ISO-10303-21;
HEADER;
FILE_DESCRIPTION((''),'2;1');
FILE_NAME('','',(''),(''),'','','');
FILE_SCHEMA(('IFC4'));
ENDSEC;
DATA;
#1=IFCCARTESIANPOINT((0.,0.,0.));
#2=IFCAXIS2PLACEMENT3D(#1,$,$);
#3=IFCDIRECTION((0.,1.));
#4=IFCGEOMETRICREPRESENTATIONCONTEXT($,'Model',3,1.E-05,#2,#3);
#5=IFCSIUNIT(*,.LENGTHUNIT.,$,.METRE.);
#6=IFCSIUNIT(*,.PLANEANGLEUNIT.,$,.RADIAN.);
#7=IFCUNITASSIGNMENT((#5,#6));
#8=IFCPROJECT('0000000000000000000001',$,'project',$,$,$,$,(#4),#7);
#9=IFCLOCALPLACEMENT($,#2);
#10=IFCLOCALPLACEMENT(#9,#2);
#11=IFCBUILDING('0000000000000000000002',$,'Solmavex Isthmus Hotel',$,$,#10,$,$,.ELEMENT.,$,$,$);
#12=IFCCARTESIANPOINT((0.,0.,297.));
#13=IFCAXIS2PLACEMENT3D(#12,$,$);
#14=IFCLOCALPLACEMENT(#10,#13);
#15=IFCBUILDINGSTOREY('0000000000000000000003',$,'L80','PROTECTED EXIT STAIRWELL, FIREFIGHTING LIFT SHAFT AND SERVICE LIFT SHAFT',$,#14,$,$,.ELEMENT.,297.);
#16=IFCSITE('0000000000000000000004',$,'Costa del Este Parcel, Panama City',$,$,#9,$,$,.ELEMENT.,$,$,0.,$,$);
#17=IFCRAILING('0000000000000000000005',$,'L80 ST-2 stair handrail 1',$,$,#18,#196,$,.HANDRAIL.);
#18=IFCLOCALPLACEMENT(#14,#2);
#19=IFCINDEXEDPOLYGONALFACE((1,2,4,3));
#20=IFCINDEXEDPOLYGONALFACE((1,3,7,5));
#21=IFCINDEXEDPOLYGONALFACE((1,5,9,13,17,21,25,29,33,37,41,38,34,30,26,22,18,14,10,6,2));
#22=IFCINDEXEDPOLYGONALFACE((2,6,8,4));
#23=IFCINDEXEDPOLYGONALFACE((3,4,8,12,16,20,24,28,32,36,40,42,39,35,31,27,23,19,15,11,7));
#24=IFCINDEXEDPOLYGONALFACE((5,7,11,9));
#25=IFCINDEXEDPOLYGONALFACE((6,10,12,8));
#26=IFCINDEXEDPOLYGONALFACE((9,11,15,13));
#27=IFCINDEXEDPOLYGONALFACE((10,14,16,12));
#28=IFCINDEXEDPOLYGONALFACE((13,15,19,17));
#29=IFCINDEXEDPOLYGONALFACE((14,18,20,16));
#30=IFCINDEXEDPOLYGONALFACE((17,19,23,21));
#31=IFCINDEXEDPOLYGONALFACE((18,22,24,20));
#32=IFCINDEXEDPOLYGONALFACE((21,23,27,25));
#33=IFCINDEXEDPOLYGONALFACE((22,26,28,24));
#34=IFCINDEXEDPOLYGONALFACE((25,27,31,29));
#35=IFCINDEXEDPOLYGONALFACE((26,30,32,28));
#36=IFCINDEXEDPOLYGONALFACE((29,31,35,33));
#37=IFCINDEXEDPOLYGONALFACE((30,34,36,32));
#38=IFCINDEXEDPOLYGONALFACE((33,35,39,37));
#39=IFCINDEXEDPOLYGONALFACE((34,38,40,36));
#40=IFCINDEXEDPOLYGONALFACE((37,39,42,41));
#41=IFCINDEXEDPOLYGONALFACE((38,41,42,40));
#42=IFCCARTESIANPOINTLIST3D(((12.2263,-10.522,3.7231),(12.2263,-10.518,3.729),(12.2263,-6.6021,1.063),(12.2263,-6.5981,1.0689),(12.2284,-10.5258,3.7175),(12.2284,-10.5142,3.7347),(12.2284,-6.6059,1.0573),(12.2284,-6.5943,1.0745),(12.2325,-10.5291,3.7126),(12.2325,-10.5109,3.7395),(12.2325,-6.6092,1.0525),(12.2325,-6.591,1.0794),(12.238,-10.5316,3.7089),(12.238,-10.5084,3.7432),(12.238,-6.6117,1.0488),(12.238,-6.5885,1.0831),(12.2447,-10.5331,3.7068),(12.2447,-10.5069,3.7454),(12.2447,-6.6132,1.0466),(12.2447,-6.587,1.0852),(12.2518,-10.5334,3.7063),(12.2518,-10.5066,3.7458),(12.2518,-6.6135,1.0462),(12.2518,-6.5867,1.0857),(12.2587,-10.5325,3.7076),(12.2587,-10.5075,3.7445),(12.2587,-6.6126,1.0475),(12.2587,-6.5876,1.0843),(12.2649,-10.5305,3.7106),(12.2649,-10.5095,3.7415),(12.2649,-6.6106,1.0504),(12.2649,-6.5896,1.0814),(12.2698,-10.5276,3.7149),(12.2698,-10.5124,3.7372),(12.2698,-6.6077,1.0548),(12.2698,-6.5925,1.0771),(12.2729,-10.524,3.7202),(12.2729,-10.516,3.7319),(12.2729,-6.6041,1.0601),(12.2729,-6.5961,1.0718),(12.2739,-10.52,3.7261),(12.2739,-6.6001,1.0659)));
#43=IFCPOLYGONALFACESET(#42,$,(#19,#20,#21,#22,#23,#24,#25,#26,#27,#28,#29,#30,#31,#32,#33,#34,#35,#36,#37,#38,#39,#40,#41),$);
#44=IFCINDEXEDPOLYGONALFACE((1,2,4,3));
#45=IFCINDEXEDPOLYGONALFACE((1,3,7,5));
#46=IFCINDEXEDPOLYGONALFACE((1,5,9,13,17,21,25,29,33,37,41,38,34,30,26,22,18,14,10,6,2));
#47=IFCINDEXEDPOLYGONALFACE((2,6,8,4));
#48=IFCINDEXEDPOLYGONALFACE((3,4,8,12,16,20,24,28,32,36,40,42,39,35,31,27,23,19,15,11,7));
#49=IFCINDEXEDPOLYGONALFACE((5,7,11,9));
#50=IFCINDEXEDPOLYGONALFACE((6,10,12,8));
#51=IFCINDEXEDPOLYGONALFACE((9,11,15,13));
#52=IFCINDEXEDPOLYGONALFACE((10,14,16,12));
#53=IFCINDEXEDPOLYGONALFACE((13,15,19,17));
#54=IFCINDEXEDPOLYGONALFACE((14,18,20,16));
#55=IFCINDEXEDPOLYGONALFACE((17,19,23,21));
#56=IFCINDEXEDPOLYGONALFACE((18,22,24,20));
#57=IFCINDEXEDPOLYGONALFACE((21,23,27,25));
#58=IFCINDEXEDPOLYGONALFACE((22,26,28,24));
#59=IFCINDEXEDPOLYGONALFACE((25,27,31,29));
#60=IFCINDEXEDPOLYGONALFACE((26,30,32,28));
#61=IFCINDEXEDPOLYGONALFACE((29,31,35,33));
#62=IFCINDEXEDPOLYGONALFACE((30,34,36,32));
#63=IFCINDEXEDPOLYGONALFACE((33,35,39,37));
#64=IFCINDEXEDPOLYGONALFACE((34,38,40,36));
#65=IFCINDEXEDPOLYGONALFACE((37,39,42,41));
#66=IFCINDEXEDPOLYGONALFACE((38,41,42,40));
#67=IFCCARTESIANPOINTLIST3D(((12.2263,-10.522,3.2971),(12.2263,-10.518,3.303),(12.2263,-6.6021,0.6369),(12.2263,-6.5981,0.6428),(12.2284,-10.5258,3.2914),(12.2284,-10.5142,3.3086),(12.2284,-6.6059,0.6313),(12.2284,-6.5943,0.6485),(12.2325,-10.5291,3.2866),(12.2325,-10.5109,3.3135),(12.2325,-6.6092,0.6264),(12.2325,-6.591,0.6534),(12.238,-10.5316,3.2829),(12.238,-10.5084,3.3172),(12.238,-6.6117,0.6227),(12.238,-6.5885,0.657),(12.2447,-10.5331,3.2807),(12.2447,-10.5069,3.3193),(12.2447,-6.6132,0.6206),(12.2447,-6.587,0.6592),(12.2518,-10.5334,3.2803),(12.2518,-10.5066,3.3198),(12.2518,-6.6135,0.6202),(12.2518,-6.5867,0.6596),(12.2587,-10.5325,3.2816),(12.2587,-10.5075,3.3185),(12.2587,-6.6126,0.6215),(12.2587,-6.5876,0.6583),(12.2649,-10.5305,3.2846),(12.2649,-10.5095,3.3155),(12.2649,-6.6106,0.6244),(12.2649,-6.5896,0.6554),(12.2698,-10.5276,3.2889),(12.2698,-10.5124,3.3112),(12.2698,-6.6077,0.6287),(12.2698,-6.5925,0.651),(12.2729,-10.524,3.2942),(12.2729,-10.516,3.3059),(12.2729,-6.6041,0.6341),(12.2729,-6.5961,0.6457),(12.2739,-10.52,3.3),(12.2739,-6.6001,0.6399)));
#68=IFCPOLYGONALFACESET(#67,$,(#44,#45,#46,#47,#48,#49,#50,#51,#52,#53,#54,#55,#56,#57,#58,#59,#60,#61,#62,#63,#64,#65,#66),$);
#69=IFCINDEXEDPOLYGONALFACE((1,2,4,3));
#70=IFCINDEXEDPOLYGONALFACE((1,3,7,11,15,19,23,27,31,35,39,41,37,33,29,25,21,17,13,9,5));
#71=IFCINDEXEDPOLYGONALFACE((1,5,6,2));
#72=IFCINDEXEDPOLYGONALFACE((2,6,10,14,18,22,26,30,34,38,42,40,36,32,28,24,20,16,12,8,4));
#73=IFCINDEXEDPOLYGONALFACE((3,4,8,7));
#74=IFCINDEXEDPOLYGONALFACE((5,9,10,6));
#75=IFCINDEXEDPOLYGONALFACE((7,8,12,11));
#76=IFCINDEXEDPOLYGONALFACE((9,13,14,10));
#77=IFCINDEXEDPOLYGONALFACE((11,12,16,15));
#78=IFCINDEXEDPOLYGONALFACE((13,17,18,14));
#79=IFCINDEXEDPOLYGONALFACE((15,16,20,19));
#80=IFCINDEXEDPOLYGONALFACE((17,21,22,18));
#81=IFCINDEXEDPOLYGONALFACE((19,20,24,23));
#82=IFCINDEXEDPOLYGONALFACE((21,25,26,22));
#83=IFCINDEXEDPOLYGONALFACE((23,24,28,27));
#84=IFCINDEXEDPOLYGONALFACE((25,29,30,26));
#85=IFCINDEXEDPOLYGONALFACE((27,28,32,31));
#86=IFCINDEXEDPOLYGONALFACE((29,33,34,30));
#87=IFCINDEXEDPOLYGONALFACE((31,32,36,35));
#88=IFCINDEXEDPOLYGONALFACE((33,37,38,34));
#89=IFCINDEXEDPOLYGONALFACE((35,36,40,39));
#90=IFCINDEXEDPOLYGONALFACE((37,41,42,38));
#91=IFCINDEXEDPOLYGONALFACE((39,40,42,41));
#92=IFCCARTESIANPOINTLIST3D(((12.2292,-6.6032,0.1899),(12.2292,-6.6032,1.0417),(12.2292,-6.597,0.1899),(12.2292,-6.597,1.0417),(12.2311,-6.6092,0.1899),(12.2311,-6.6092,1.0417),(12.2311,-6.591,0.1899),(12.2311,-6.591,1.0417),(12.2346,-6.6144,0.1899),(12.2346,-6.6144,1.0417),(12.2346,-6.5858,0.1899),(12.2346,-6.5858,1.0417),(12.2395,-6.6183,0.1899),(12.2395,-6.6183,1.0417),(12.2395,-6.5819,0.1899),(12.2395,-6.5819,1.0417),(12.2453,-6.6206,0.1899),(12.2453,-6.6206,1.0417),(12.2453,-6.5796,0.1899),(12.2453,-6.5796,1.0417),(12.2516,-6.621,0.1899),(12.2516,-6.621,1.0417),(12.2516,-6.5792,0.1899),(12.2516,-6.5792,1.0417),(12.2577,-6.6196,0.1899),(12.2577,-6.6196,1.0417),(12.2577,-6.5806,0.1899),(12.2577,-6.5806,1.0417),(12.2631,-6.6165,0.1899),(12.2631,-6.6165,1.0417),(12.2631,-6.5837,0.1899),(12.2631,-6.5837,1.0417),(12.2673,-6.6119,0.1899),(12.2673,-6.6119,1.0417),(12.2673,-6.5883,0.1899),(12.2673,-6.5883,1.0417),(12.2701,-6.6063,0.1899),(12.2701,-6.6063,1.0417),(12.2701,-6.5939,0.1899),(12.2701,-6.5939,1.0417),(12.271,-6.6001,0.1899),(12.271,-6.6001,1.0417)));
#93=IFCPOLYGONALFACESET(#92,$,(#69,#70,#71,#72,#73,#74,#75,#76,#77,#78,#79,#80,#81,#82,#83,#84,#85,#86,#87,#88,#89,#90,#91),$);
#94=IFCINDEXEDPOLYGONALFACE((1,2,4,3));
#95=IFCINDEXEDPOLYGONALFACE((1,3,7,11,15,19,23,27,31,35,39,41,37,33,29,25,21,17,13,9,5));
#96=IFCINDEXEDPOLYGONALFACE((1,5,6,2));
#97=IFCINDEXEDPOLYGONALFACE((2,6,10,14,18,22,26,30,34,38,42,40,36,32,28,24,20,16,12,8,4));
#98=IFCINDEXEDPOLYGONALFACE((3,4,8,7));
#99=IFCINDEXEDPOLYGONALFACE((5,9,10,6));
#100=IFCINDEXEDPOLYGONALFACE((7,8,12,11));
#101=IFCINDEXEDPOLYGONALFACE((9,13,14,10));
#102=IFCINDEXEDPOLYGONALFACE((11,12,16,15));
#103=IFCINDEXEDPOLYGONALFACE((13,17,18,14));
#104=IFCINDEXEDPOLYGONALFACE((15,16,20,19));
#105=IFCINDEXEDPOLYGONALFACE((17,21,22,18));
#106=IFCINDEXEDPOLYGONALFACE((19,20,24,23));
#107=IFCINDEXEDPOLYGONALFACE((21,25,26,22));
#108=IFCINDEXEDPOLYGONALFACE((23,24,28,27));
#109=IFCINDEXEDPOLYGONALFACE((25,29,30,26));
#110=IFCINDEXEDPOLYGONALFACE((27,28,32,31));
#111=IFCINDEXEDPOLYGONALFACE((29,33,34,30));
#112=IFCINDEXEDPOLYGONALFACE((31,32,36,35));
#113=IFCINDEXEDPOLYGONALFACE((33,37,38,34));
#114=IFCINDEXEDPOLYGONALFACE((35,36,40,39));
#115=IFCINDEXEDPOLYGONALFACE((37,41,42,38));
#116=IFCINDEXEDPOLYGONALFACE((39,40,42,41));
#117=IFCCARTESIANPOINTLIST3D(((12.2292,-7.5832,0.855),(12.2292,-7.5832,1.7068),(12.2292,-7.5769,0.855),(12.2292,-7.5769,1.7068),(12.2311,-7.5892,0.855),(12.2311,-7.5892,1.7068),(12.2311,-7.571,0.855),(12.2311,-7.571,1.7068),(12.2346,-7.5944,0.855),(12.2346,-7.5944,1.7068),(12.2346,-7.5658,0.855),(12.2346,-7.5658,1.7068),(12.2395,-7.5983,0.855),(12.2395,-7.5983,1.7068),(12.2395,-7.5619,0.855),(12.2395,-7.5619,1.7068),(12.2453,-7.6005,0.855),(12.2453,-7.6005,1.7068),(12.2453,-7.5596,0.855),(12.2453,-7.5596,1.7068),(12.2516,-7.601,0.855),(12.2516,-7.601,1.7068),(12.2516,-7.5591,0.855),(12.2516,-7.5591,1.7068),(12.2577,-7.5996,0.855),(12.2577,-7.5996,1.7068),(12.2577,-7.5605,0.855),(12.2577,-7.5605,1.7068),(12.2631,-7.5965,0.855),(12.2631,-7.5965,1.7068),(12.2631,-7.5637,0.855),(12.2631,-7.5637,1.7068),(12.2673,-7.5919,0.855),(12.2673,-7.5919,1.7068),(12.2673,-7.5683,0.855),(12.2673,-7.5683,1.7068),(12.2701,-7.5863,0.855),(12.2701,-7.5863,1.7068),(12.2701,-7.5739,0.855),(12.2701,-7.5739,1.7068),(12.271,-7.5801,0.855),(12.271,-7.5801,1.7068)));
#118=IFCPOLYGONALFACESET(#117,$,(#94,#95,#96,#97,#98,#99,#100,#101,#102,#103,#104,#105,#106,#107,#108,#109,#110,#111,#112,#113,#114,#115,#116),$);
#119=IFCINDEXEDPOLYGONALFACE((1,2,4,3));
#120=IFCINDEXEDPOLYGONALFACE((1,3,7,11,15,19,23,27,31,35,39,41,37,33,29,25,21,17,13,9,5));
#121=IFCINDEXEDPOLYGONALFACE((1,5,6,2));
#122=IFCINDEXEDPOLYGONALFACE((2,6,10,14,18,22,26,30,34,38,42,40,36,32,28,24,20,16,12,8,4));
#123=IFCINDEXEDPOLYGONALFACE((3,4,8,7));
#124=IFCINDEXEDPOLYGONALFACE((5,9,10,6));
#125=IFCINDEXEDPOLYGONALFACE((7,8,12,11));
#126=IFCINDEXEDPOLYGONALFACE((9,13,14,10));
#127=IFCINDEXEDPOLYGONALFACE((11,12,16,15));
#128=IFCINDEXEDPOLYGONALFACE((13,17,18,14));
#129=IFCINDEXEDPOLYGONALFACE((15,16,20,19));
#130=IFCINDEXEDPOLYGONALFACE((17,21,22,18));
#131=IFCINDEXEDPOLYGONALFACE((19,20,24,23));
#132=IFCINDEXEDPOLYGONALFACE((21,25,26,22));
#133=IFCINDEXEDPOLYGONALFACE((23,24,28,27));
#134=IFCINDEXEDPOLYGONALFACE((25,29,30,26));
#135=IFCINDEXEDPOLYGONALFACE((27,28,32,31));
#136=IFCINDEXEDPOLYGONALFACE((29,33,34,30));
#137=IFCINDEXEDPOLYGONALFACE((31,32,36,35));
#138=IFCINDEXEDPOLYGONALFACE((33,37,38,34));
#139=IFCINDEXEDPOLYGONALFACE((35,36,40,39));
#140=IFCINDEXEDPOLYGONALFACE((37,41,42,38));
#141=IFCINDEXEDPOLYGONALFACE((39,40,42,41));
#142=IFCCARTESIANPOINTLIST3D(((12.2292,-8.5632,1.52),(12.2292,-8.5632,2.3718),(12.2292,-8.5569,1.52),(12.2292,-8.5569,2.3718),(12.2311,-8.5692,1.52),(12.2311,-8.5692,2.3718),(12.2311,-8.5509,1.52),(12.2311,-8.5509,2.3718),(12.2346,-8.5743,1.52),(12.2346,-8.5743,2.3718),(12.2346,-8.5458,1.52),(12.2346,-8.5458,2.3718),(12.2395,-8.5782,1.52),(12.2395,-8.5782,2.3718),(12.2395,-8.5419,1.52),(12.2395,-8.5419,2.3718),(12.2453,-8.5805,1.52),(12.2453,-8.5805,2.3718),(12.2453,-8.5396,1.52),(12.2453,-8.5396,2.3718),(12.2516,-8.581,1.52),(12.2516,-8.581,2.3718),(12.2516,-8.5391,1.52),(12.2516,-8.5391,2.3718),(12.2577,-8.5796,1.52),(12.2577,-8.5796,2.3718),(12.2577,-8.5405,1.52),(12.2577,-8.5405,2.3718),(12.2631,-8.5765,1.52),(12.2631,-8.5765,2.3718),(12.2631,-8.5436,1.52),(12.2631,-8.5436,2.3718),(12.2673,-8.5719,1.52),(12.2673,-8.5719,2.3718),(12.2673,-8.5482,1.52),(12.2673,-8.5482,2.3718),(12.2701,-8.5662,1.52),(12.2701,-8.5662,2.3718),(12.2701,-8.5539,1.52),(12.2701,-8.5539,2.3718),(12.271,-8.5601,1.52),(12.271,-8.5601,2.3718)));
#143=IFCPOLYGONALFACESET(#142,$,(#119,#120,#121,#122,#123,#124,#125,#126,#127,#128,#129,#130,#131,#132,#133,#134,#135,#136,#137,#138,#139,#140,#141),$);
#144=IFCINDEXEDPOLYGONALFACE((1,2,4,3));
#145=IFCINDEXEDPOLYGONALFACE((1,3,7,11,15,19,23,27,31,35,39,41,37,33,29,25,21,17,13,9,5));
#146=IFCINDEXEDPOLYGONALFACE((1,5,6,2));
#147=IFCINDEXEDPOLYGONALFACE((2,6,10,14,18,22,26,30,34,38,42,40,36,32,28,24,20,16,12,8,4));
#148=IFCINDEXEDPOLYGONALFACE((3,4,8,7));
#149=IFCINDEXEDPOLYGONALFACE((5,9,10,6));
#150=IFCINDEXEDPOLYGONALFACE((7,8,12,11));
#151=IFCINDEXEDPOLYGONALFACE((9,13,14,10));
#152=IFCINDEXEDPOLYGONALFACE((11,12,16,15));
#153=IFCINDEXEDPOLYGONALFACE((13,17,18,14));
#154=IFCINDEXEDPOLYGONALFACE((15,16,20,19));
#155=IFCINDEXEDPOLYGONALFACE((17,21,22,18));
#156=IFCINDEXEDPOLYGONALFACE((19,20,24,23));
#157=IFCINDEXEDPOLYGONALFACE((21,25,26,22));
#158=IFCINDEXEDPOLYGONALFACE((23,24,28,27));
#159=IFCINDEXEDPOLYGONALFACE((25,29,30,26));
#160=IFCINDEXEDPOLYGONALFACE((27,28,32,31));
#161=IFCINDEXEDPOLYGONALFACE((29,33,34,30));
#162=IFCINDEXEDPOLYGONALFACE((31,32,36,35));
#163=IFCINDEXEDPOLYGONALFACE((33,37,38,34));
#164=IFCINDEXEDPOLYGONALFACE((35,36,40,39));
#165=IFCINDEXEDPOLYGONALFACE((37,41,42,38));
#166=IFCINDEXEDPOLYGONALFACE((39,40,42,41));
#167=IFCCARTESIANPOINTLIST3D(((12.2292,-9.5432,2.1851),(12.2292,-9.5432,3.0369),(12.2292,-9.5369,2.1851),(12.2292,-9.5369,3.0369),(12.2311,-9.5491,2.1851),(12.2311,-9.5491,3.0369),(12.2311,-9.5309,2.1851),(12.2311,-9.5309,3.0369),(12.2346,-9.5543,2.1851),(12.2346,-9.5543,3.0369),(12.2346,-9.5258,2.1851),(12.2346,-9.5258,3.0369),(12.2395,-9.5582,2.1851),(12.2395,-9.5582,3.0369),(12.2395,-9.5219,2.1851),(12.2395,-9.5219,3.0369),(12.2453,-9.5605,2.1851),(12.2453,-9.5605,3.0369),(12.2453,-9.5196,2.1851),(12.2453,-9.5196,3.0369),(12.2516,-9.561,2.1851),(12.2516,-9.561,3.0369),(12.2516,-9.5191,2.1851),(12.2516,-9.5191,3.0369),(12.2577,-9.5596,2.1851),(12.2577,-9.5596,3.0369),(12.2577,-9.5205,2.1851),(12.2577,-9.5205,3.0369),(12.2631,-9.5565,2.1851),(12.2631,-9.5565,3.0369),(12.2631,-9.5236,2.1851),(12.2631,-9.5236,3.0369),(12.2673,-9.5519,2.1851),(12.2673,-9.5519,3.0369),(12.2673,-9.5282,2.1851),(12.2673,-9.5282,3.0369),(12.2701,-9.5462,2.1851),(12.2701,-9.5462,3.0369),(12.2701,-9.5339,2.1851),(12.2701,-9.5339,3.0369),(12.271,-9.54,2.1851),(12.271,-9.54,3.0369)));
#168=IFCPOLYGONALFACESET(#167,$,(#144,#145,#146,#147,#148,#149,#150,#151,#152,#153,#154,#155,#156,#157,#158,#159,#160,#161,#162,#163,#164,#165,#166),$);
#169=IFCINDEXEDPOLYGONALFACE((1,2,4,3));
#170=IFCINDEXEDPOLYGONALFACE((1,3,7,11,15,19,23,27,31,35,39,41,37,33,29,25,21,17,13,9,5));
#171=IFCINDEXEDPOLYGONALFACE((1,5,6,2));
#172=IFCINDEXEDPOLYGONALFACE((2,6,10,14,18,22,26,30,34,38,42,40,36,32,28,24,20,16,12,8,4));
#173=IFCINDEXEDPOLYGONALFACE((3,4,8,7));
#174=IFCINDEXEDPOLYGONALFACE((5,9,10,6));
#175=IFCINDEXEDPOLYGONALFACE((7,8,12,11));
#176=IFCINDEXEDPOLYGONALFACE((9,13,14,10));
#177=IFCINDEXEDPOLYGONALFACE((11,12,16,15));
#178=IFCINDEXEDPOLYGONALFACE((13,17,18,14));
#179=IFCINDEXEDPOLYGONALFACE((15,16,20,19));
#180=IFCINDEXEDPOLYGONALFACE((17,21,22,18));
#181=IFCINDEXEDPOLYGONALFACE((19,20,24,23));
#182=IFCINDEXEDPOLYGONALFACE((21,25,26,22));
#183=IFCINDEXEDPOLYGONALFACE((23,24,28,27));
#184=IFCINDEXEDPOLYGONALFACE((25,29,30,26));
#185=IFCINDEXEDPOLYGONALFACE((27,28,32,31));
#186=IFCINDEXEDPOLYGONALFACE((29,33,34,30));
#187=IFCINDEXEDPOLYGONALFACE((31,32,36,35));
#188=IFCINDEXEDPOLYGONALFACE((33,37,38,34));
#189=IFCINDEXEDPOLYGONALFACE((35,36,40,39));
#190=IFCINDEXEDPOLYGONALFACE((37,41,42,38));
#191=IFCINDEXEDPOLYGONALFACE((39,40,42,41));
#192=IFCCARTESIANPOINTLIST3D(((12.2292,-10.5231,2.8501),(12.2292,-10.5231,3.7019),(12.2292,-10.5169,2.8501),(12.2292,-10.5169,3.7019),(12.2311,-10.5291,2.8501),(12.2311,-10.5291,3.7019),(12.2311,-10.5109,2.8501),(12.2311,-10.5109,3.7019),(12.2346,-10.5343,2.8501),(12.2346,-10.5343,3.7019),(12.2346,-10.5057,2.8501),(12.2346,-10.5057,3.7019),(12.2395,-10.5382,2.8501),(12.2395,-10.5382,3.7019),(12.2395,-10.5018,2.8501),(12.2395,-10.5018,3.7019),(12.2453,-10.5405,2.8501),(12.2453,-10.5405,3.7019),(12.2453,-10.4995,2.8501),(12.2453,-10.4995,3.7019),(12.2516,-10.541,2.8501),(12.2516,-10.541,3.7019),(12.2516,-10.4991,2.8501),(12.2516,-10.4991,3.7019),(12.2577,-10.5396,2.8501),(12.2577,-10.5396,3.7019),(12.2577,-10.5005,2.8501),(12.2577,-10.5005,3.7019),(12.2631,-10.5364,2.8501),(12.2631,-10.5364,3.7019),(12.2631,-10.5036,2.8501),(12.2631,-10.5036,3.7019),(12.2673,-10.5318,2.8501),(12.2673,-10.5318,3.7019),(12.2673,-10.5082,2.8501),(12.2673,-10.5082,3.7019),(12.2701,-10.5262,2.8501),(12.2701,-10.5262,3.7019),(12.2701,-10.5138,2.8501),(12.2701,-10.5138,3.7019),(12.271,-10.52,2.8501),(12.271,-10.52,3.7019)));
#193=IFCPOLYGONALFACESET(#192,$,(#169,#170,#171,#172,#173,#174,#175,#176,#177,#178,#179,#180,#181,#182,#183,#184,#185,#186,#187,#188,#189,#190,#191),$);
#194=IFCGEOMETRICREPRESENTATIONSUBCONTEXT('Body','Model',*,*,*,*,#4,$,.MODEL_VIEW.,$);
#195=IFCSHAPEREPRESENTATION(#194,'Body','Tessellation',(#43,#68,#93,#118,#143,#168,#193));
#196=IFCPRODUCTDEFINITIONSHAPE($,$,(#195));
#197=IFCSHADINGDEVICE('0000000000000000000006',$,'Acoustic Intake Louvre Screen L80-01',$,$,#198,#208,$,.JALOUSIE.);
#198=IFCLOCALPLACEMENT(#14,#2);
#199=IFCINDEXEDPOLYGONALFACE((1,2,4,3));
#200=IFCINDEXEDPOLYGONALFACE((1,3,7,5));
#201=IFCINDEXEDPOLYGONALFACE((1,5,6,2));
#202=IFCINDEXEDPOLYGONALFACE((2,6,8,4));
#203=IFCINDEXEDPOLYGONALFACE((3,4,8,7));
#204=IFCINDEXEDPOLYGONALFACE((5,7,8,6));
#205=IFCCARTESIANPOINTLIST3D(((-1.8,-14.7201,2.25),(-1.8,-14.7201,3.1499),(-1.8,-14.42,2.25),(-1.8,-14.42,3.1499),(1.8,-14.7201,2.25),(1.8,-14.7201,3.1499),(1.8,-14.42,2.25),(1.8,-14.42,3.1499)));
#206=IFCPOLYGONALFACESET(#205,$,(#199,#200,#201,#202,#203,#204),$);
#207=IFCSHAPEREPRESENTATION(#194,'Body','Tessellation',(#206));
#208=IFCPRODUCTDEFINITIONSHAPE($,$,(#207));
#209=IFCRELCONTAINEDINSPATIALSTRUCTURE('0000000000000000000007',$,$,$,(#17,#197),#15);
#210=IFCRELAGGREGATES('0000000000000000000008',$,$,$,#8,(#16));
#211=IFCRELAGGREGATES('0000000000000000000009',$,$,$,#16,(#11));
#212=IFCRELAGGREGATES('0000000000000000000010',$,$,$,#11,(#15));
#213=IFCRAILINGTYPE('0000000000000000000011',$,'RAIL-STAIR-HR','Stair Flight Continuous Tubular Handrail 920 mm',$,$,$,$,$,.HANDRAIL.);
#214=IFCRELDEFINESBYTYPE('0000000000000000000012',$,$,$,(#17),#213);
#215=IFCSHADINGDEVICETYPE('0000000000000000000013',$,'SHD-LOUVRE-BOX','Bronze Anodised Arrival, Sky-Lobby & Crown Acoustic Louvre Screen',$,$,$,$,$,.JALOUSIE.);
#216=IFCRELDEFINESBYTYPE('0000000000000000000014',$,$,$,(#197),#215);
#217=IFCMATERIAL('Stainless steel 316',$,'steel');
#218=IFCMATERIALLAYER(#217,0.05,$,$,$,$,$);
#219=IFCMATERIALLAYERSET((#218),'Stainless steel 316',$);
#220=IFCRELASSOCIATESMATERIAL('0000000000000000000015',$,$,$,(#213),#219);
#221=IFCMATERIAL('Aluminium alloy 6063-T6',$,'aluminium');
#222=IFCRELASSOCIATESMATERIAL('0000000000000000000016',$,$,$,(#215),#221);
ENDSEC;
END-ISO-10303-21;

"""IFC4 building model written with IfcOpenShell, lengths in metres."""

from ifc_helpers import new_model, si_unit, direction, frame, origin, origin_2d, place, context, subcontext, project, spatial, rectangle, circle, extrude, material, layer, layer_set, type_object, element, save


model = new_model("IFC4")

# Units and contexts
model_context = context("Model", 3, precision=1e-05, world=origin(), true_north=direction((0.0, 1.0)))
body_context = subcontext(model_context, "Body", "Model", "MODEL_VIEW")
ifc_project = project(units=[si_unit("LENGTHUNIT", "METRE"), si_unit("PLANEANGLEUNIT", "RADIAN")], contexts=[model_context])

# Site, building, storey
site_placement = place(None, origin())
site = spatial("IfcSite", under=ifc_project, at=site_placement, Name="Costa del Este Parcel, Panama City", CompositionType="ELEMENT", RefElevation=0.0)
building_placement = place(site_placement, origin())
building = spatial("IfcBuilding", under=site, at=building_placement, Name="Solmavex Isthmus Hotel", CompositionType="ELEMENT")
storey_placement = place(building_placement, frame((0.0, 0.0, 297.0)))
storey = spatial("IfcBuildingStorey", under=building, at=storey_placement, Name="L80", Description="PROTECTED EXIT STAIRWELL, FIREFIGHTING LIFT SHAFT AND SERVICE LIFT SHAFT", CompositionType="ELEMENT", Elevation=297.0)

# Shared definitions
ifc_material_1 = material(Name="Stainless steel 316", Category="steel")

# Railing
ifc_layer_1 = layer(ifc_material_1, 0.05)
ifc_layer_set_1 = layer_set([ifc_layer_1], Name="Stainless steel 316")
railing_type = type_object("IfcRailingType", Name="RAIL-STAIR-HR", Description="Stair Flight Continuous Tubular Handrail 920 mm", PredefinedType="HANDRAIL", material=ifc_layer_set_1)
railing_placement = place(storey_placement, frame((12.25, -6.6001, 0.1899)))
element("IfcRailing", 1, at=railing_placement, inside=storey, type_object=railing_type, Name="L80 ST-2 stair handrail 1", PredefinedType="HANDRAIL", context=body_context, shape_type="SweptSolid", body=[
    extrude(circle(Radius=0.0239, at=origin_2d()), frame((0.0, 0.0, 0.876), z_axis=(0.0, -0.827455, 0.561532), x_axis=(1.0, 0.0, 0.0)), (0.0, 0.0, 1.0), 4.7373),
    extrude(circle(Radius=0.0239, at=origin_2d()), frame((0.0, 0.0, 0.45), z_axis=(0.0, -0.827455, 0.561532), x_axis=(1.0, 0.0, 0.0)), (0.0, 0.0, 1.0), 4.7373),
    extrude(circle(Radius=0.021, at=origin_2d()), origin(), (0.0, 0.0, 1.0), 0.8518),
    extrude(circle(Radius=0.021, at=origin_2d()), frame((0.0, -0.98, 0.665)), (0.0, 0.0, 1.0), 0.8518),
    extrude(circle(Radius=0.021, at=origin_2d()), frame((0.0, -1.96, 1.3301)), (0.0, 0.0, 1.0), 0.8518),
    extrude(circle(Radius=0.021, at=origin_2d()), frame((0.0, -2.9399, 1.9951)), (0.0, 0.0, 1.0), 0.8518),
    extrude(circle(Radius=0.021, at=origin_2d()), frame((0.0, -3.9199, 2.6602)), (0.0, 0.0, 1.0), 0.8518),
])

# Shading device
ifc_material_2 = material(Name="Aluminium alloy 6063-T6", Category="aluminium")
shading_device_type = type_object("IfcShadingDeviceType", Name="SHD-LOUVRE-BOX", Description="Bronze Anodised Arrival, Sky-Lobby & Crown Acoustic Louvre Screen", PredefinedType="JALOUSIE", material=ifc_material_2)
shading_device_placement = place(storey_placement, frame((0.0, -14.5701, 2.25), z_axis=(0.0, 0.0, 1.0), x_axis=(-1.0, 0.0, 0.0)))
element("IfcShadingDevice", 2, at=shading_device_placement, inside=storey, type_object=shading_device_type, Name="Acoustic Intake Louvre Screen L80-01", PredefinedType="JALOUSIE", context=body_context, shape_type="SweptSolid", body=[
    extrude(rectangle(XDim=3.6001, YDim=0.3, at=origin_2d()), origin(), (0.0, 0.0, 1.0), 0.8999),
])

save(model, "model.ifc")
